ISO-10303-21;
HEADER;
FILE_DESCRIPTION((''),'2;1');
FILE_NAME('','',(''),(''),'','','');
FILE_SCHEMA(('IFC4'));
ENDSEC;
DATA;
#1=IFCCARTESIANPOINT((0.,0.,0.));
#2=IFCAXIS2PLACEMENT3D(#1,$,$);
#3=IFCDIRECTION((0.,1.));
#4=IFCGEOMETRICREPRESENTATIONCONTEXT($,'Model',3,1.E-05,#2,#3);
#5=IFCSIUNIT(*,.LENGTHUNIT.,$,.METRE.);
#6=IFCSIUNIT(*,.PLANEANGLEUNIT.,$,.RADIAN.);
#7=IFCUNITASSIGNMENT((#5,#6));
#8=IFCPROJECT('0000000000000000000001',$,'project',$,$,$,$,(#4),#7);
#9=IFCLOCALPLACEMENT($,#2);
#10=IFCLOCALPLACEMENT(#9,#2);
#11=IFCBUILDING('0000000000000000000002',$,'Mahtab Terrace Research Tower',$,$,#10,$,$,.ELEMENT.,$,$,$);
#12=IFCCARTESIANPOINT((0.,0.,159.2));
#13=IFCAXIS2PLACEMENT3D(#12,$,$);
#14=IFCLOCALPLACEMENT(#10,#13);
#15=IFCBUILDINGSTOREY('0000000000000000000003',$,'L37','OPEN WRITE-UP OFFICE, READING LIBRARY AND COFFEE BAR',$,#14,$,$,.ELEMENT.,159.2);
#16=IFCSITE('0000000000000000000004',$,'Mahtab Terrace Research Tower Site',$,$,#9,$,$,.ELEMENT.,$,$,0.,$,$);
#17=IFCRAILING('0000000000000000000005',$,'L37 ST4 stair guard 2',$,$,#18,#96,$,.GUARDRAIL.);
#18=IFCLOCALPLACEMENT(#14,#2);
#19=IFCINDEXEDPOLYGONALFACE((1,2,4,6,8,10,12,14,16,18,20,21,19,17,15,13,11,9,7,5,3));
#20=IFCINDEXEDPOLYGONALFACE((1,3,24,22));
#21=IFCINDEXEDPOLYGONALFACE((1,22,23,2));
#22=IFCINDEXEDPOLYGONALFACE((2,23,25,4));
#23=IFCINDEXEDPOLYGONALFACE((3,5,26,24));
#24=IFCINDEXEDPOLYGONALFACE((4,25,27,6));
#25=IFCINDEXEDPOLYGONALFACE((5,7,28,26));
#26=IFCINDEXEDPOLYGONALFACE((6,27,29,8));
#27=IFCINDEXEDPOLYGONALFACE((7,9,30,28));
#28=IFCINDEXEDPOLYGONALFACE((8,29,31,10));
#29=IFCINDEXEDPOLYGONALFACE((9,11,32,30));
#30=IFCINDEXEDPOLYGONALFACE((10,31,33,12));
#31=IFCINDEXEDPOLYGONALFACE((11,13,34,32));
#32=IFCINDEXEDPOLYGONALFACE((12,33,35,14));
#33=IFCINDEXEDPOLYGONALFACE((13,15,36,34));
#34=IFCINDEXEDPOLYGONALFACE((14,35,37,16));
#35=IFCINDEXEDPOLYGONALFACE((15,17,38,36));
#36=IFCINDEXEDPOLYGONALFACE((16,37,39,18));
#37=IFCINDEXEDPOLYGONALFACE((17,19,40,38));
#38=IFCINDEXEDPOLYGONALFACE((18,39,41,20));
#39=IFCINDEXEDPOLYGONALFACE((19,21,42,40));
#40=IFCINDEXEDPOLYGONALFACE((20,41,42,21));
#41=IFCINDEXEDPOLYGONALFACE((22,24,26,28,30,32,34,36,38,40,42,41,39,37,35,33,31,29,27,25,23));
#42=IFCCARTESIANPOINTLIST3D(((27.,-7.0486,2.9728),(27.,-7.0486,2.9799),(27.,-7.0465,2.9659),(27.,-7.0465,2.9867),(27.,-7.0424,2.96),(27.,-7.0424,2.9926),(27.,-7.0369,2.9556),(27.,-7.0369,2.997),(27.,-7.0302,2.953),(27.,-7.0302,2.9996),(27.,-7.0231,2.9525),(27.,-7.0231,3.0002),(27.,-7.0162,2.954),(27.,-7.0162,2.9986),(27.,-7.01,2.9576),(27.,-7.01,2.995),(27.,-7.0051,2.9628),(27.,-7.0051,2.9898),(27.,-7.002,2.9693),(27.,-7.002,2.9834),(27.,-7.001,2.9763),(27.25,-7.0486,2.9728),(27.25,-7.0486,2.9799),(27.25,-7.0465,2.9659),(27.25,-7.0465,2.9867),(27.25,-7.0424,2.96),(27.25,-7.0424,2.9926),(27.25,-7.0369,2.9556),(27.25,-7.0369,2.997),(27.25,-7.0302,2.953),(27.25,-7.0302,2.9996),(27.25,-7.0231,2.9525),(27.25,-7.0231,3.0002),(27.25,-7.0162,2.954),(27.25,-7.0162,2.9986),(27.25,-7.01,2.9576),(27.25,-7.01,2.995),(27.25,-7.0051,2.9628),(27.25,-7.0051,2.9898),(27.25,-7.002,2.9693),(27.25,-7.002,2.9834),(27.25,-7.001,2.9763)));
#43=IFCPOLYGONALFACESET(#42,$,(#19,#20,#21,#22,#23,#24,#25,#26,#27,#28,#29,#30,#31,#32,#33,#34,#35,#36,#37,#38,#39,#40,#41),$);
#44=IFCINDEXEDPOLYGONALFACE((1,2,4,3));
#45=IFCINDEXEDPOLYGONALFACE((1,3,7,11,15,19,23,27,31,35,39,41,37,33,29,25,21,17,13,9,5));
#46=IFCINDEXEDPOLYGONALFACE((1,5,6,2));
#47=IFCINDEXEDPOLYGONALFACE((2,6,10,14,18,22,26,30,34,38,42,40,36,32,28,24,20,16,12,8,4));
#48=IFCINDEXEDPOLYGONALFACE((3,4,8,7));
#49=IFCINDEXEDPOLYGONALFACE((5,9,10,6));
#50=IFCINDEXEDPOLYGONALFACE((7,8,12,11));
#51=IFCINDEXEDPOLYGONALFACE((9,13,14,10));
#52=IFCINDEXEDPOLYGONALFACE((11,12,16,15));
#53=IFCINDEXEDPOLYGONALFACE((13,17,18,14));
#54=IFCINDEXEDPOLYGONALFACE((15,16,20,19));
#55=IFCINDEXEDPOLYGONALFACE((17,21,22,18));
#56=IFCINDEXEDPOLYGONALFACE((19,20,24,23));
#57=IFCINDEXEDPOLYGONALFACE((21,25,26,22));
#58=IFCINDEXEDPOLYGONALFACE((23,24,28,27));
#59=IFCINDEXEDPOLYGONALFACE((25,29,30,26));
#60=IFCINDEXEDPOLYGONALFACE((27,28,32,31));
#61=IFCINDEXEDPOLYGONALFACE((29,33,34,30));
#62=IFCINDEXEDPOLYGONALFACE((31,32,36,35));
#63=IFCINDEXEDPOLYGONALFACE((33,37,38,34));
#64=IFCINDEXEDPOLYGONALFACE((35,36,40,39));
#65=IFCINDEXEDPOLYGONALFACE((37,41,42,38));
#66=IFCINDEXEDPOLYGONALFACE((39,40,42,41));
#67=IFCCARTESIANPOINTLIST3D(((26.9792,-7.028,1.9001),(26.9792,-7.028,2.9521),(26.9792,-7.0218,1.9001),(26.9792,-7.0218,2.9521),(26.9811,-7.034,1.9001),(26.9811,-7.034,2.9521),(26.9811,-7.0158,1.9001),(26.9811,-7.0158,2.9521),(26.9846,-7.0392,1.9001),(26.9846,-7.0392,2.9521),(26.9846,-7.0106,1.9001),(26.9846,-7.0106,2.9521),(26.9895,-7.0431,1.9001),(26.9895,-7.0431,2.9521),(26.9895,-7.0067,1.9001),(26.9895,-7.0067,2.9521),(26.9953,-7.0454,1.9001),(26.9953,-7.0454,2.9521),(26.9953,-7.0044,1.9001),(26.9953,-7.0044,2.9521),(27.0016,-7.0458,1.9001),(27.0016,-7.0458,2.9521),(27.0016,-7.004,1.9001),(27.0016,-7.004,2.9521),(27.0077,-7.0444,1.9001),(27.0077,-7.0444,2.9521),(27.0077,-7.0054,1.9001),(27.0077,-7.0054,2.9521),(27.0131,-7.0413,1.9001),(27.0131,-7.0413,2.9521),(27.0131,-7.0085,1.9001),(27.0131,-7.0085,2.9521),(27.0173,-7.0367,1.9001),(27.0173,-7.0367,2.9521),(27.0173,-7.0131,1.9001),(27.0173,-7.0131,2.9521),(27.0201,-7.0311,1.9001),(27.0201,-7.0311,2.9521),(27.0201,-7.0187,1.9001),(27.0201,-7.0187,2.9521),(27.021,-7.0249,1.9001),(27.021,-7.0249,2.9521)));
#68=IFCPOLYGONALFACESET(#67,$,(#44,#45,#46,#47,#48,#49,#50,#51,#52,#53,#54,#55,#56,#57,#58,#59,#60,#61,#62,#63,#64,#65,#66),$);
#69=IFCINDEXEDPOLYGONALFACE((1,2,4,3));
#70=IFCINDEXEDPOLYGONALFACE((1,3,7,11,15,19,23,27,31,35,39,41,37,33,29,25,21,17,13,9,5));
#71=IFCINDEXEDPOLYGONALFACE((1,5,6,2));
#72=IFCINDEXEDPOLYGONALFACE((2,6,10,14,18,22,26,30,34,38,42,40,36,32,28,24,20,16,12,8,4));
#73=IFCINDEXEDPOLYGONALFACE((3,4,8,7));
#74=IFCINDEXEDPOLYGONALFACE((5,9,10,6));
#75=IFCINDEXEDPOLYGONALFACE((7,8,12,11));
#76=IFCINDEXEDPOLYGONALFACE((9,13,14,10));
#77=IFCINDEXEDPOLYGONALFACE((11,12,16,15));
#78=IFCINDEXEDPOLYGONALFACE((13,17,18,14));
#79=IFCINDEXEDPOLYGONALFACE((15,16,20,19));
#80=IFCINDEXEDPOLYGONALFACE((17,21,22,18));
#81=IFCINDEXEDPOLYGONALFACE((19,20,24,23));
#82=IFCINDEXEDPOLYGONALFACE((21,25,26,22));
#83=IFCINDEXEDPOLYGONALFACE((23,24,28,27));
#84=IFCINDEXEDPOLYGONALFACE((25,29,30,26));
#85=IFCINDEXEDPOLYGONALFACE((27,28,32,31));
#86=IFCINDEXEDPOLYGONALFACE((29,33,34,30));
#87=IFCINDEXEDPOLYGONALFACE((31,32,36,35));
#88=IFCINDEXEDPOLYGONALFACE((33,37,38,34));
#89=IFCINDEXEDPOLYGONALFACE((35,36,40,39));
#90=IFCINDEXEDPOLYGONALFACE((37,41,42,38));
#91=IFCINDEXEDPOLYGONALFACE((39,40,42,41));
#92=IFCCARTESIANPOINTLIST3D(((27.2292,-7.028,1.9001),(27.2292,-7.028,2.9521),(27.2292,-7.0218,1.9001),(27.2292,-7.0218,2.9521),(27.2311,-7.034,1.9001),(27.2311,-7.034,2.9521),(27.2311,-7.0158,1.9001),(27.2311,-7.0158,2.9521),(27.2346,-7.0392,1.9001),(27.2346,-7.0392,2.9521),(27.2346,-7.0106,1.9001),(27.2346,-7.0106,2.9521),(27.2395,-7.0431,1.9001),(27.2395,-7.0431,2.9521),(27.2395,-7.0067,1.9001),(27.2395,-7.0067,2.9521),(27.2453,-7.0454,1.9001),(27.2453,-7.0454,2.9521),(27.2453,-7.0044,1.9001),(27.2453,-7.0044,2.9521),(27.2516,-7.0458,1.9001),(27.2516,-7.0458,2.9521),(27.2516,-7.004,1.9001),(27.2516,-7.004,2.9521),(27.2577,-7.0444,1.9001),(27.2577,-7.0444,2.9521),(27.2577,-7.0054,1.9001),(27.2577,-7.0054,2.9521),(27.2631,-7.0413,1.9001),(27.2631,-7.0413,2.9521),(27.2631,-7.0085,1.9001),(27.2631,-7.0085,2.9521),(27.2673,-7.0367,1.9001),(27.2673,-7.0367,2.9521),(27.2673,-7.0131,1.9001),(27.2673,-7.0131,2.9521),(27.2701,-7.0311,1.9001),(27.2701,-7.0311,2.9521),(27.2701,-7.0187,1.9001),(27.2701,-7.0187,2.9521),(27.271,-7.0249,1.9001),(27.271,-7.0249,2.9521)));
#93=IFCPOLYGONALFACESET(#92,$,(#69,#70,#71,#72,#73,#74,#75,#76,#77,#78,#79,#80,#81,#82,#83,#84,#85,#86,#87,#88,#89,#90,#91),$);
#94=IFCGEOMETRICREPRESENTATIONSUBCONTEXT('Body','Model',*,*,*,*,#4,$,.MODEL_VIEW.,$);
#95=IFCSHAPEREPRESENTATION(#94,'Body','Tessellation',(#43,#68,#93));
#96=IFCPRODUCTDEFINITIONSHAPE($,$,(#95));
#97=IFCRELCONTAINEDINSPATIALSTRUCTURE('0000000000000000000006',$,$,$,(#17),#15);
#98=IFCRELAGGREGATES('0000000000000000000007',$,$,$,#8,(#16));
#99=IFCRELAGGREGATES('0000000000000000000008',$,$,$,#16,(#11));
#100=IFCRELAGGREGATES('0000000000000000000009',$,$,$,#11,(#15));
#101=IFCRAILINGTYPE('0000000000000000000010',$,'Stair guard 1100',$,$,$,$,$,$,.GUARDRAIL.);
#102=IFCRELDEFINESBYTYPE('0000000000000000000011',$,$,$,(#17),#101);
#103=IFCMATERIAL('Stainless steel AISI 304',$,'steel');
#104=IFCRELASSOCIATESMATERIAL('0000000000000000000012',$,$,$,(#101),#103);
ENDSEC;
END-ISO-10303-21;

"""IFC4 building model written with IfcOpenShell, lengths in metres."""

from ifc_helpers import new_model, si_unit, direction, frame, origin, origin_2d, place, context, subcontext, project, spatial, circle, extrude, material, type_object, element, save


model = new_model("IFC4")

# Units and contexts
model_context = context("Model", 3, precision=1e-05, world=origin(), true_north=direction((0.0, 1.0)))
body_context = subcontext(model_context, "Body", "Model", "MODEL_VIEW")
ifc_project = project(units=[si_unit("LENGTHUNIT", "METRE"), si_unit("PLANEANGLEUNIT", "RADIAN")], contexts=[model_context])

# Site, building, storey
site_placement = place(None, origin())
site = spatial("IfcSite", under=ifc_project, at=site_placement, Name="Mahtab Terrace Research Tower Site", CompositionType="ELEMENT", RefElevation=0.0)
building_placement = place(site_placement, origin())
building = spatial("IfcBuilding", under=site, at=building_placement, Name="Mahtab Terrace Research Tower", CompositionType="ELEMENT")
storey_placement = place(building_placement, frame((0.0, 0.0, 159.2)))
storey = spatial("IfcBuildingStorey", under=building, at=storey_placement, Name="L37", Description="OPEN WRITE-UP OFFICE, READING LIBRARY AND COFFEE BAR", CompositionType="ELEMENT", Elevation=159.2)

# Railing
ifc_material_1 = material(Name="Stainless steel AISI 304", Category="steel")
railing_type_1 = type_object("IfcRailingType", Name="Stair guard 1100", PredefinedType="GUARDRAIL", material=ifc_material_1)
railing_1_placement = place(storey_placement, frame((27.0, -7.0249, 1.9001)))
element("IfcRailing", 1, at=railing_1_placement, inside=storey, type_object=railing_type_1, Name="L37 ST4 stair guard 2", PredefinedType="GUARDRAIL", context=body_context, shape_type="SweptSolid", body=[
    extrude(circle(Radius=0.0239, at=origin_2d()), frame((0.0, 0.0, 1.0762), z_axis=(1.0, 0.0, 0.0), x_axis=(0.0, 1.0, 0.0)), (0.0, 0.0, 1.0), 0.25),
    extrude(circle(Radius=0.021, at=origin_2d()), origin(), (0.0, 0.0, 1.0), 1.052),
    extrude(circle(Radius=0.021, at=origin_2d()), frame((0.25, 0.0, 0.0)), (0.0, 0.0, 1.0), 1.052),
])

save(model, "model.ifc")
